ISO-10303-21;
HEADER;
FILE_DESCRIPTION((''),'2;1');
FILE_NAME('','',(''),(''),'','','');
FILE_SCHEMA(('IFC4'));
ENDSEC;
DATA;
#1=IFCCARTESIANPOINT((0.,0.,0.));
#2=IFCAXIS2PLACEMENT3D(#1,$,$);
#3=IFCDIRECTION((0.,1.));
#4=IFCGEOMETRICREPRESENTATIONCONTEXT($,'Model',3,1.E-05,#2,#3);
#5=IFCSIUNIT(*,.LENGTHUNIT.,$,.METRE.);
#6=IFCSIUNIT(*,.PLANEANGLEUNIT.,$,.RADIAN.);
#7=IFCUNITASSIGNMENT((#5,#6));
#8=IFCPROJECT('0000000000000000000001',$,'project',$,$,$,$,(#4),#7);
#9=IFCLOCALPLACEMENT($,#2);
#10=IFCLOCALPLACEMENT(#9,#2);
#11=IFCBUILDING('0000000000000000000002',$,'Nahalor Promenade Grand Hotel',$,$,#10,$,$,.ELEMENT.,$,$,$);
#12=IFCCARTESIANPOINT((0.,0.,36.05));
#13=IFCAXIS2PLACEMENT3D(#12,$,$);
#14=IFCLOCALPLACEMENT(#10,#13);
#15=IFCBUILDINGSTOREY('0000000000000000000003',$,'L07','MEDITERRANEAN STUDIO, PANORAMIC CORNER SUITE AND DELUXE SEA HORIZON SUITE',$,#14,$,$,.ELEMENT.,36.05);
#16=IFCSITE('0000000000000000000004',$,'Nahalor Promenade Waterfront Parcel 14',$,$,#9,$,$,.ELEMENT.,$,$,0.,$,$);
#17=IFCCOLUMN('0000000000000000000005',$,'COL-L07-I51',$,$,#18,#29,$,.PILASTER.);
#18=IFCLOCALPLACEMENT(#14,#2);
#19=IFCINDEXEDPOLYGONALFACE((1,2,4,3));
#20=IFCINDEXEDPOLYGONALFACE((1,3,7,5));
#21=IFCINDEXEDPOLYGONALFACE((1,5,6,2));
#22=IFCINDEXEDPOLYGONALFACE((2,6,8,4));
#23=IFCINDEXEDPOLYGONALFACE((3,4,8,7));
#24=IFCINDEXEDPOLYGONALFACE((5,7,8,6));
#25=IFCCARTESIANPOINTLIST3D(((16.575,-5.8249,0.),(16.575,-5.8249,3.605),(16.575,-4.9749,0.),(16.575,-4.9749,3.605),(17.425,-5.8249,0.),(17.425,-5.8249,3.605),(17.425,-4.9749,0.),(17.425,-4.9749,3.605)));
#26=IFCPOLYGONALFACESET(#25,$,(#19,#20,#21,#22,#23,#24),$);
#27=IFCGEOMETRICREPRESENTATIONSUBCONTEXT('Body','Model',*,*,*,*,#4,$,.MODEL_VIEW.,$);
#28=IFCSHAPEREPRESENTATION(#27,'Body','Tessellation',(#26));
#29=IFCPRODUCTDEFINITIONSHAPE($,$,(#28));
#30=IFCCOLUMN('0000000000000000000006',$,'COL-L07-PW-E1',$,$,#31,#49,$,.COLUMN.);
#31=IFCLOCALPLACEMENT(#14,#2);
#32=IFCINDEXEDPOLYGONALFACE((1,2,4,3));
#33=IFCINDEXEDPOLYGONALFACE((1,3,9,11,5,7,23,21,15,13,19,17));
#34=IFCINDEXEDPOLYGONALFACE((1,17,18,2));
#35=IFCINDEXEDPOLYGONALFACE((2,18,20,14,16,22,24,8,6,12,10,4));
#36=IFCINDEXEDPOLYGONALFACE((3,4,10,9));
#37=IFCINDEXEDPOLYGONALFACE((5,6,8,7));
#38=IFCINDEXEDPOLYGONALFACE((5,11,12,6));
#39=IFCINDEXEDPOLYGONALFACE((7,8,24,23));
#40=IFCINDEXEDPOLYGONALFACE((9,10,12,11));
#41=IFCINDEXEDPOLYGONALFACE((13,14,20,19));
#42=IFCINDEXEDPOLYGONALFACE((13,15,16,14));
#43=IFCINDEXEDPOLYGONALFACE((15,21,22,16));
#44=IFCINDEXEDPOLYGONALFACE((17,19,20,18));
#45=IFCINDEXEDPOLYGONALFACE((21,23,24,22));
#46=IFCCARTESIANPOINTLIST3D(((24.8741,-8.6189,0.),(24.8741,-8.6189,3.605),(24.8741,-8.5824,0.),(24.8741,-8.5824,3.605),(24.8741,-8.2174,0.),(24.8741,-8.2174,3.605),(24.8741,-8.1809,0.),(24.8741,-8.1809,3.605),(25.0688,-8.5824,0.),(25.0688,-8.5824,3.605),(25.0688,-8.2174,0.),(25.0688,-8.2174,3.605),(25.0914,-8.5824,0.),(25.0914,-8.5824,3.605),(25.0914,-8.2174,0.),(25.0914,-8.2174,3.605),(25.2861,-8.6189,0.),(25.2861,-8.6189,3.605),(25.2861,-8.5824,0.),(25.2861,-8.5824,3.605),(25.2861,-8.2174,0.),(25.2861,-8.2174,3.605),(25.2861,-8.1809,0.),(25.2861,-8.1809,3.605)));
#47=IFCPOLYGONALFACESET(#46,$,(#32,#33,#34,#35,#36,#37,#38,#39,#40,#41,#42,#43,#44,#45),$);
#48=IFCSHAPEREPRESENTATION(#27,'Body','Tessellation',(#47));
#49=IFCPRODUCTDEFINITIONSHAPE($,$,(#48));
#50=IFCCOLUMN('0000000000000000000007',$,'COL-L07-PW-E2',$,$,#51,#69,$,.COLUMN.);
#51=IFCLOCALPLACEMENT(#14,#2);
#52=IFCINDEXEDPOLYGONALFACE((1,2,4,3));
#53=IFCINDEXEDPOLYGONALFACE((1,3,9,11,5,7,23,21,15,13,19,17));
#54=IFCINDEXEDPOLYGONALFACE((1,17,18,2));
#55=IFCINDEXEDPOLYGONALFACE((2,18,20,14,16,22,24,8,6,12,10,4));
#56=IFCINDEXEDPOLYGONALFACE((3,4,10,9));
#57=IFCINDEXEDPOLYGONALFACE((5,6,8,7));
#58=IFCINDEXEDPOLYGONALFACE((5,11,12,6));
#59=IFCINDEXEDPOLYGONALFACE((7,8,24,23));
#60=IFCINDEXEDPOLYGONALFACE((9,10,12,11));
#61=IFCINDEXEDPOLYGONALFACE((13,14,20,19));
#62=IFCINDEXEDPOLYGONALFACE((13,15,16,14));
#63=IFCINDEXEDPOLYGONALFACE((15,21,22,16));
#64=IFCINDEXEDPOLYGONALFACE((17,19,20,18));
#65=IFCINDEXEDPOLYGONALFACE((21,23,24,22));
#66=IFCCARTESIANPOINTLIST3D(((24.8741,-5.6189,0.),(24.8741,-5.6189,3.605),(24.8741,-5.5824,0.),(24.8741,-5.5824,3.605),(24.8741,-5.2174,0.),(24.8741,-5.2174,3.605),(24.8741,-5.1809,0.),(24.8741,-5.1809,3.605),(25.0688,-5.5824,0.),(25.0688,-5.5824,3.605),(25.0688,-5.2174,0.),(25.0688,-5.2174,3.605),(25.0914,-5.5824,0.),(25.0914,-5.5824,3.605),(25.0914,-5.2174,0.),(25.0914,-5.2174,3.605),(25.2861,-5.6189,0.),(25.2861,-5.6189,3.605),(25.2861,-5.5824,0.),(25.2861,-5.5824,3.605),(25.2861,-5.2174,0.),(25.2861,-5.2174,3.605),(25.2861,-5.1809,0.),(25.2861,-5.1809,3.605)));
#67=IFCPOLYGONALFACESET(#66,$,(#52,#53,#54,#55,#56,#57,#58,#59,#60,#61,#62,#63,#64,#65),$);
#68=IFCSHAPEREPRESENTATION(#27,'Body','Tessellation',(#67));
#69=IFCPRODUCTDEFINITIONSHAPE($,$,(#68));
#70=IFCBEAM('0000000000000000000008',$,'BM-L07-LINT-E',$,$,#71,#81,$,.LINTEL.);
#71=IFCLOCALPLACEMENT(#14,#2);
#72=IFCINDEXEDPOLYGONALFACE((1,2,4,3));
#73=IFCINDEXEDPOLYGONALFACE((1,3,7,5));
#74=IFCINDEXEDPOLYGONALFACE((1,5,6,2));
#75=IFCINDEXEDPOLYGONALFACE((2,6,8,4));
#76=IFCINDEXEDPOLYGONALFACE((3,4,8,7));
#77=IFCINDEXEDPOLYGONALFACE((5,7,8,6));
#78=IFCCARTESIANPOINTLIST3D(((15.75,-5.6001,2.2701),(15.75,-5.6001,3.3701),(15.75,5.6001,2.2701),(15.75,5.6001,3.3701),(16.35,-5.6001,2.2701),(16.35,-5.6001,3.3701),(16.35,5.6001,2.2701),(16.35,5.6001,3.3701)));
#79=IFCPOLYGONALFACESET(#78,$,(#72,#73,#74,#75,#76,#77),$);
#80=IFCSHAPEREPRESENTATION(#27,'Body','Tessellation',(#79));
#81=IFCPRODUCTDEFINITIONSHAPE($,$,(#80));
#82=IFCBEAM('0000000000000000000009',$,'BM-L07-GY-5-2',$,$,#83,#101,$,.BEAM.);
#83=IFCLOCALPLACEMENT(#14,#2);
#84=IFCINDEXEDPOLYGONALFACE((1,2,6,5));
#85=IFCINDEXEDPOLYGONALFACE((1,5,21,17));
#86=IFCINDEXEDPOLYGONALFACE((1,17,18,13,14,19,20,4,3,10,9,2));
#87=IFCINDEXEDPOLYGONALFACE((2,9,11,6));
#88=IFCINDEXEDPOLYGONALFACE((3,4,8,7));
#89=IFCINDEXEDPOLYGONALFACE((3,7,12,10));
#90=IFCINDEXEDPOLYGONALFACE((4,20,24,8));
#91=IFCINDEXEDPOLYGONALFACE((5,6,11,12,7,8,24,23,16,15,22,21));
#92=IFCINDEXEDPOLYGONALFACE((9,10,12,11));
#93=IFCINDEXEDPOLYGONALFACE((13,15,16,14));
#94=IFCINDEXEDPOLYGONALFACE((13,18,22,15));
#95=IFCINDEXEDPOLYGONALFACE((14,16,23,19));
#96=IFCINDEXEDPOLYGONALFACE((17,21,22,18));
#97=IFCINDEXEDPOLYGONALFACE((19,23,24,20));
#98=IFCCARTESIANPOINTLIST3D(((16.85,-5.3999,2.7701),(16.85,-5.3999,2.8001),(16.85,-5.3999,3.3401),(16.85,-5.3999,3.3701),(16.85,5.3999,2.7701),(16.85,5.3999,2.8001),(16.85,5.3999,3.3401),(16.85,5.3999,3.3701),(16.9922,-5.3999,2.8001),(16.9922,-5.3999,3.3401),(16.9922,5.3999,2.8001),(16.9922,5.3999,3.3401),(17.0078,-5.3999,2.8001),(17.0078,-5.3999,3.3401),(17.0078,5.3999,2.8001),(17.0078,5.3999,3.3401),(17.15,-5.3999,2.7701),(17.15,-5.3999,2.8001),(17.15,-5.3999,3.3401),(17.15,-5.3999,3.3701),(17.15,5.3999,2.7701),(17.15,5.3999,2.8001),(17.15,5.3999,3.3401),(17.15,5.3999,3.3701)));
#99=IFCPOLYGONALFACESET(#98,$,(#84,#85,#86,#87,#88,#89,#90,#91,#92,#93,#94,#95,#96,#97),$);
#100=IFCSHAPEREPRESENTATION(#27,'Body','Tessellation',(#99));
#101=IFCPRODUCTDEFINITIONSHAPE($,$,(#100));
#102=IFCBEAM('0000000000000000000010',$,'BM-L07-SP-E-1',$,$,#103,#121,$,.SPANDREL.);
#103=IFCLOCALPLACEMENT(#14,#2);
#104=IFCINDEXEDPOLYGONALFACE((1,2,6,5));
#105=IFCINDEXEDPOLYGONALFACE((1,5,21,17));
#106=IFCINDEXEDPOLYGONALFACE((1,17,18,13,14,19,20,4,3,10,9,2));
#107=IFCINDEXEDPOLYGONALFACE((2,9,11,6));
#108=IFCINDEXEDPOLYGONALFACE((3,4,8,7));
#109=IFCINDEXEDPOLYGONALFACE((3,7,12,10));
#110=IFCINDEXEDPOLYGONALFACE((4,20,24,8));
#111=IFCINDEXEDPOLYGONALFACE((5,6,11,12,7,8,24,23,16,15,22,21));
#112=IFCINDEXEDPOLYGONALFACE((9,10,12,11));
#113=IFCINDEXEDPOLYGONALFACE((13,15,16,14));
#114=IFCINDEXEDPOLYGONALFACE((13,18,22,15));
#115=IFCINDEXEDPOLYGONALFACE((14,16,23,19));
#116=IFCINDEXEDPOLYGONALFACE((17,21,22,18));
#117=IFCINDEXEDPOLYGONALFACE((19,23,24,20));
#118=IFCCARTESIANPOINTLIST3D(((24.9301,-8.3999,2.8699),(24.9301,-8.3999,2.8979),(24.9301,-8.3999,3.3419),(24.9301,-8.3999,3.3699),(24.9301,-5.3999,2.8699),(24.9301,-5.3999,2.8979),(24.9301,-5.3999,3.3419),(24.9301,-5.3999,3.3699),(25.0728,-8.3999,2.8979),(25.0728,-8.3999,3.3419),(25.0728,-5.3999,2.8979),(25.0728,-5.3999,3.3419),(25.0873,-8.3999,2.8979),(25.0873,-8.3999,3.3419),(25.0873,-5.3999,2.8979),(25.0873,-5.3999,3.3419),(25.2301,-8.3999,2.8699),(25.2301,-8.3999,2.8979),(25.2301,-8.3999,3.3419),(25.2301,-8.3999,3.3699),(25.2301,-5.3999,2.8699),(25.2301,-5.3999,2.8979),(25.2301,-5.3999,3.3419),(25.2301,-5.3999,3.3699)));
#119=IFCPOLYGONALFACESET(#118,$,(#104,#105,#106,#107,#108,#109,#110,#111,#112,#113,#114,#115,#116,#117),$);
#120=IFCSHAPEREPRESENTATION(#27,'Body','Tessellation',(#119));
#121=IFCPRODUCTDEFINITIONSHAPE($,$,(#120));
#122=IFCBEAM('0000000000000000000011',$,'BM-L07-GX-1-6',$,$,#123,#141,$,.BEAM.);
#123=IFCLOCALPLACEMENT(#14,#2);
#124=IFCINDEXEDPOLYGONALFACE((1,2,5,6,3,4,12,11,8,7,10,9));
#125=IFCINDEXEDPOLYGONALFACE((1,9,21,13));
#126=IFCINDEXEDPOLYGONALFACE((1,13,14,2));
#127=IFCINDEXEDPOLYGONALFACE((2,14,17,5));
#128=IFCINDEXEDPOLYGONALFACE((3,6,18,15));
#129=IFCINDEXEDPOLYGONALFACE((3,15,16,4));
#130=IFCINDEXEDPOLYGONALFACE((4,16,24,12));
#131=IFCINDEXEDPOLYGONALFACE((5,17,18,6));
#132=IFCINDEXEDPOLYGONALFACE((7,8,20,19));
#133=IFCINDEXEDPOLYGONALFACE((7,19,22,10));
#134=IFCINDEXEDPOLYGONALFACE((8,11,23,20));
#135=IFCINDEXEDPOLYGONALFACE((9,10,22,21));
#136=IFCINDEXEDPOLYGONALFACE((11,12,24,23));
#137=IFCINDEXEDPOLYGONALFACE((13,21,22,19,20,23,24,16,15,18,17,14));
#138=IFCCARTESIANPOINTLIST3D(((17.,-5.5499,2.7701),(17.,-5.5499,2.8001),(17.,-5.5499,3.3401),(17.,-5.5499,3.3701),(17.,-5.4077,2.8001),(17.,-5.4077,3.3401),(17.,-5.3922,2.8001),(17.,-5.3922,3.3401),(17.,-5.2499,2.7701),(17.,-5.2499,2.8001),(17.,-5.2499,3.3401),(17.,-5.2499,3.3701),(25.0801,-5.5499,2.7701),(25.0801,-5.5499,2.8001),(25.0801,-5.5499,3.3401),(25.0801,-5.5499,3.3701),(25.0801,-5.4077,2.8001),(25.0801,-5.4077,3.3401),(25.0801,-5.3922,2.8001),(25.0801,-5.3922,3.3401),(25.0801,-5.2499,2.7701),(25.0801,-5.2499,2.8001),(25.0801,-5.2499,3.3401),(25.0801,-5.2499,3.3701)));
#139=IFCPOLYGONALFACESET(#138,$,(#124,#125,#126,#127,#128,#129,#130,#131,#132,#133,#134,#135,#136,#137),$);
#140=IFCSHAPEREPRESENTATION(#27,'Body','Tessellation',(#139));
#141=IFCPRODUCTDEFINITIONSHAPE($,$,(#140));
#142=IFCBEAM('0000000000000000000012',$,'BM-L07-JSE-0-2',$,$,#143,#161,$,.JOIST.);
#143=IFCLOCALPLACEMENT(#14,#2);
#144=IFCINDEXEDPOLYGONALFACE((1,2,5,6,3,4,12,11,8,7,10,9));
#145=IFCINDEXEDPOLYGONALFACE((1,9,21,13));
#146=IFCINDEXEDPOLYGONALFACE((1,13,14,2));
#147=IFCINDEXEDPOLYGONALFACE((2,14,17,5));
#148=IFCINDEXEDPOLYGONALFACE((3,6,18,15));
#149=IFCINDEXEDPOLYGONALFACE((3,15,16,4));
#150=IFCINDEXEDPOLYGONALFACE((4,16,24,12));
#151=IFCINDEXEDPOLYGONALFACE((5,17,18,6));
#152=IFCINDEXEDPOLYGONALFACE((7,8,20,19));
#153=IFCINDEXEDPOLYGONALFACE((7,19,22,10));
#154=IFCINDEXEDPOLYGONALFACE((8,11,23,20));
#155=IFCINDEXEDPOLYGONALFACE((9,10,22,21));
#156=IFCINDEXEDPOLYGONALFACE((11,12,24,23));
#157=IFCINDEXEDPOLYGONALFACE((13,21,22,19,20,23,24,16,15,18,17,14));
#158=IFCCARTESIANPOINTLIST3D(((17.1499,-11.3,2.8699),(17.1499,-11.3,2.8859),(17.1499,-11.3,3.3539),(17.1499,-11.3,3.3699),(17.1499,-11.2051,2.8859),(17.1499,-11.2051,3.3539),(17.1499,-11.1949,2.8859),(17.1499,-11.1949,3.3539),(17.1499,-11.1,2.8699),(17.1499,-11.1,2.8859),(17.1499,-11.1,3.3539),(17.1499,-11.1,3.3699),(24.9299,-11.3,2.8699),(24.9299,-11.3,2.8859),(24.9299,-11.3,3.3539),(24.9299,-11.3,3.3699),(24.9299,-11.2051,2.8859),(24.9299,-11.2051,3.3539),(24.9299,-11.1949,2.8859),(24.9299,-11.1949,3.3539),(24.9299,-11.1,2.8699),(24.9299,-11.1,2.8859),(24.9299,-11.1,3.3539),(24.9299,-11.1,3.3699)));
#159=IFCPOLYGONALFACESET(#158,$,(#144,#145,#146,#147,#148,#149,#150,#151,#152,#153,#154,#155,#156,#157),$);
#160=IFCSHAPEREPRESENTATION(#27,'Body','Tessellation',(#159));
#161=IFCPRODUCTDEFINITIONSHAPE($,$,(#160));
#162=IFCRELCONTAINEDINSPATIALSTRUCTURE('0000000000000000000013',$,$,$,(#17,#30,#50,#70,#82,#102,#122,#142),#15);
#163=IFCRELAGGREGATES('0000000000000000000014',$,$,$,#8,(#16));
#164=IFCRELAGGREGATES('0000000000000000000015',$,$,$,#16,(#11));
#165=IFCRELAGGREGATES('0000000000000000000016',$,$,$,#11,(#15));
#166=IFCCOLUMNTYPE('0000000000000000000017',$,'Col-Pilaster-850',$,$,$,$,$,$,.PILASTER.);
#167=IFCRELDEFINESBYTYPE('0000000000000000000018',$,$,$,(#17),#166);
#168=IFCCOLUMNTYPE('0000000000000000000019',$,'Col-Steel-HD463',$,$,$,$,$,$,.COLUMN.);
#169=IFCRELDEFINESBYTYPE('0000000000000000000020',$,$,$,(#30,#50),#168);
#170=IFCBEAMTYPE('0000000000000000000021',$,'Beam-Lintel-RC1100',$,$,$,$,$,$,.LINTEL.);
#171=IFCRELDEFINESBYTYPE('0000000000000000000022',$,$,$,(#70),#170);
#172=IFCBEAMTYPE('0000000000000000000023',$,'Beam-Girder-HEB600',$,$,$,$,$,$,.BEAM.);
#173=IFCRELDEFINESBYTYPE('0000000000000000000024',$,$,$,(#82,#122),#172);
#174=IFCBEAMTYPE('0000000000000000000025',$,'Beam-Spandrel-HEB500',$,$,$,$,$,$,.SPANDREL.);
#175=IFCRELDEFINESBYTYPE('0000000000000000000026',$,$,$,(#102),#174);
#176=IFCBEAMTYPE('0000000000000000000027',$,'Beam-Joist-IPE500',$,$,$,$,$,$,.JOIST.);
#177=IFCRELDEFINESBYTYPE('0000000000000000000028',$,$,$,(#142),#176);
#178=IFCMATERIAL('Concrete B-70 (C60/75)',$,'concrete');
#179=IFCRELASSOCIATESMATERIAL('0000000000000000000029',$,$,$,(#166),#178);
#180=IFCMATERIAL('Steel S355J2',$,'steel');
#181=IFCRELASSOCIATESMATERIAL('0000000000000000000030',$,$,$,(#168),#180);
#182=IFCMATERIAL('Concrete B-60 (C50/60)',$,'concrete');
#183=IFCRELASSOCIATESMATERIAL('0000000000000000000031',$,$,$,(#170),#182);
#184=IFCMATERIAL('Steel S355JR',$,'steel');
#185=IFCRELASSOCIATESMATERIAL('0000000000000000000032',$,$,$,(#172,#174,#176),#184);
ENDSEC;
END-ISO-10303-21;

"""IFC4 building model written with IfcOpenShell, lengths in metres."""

from ifc_helpers import new_model, si_unit, direction, frame, origin, origin_2d, place, context, subcontext, project, spatial, rectangle, i_section, extrude, source, transform, mapped, material, material_profile, profile_set, type_object, element, save


model = new_model("IFC4")

# Units and contexts
model_context = context("Model", 3, precision=1e-05, world=origin(), true_north=direction((0.0, 1.0)))
body_context = subcontext(model_context, "Body", "Model", "MODEL_VIEW")
ifc_project = project(units=[si_unit("LENGTHUNIT", "METRE"), si_unit("PLANEANGLEUNIT", "RADIAN")], contexts=[model_context])

# Site, building, storey
site_placement = place(None, origin())
site = spatial("IfcSite", under=ifc_project, at=site_placement, Name="Nahalor Promenade Waterfront Parcel 14", CompositionType="ELEMENT", RefElevation=0.0)
building_placement = place(site_placement, origin())
building = spatial("IfcBuilding", under=site, at=building_placement, Name="Nahalor Promenade Grand Hotel", CompositionType="ELEMENT")
storey_placement = place(building_placement, frame((0.0, 0.0, 36.05)))
storey = spatial("IfcBuildingStorey", under=building, at=storey_placement, Name="L07", Description="MEDITERRANEAN STUDIO, PANORAMIC CORNER SUITE AND DELUXE SEA HORIZON SUITE", CompositionType="ELEMENT", Elevation=36.05)

# Columns
ifc_material_1 = material(Name="Concrete B-70 (C60/75)", Category="concrete")
ifc_material_profile_1 = material_profile(ifc_material_1, rectangle(XDim=0.85, YDim=0.85, at=origin_2d()), Name="RC 850x850")
ifc_profile_set_1 = profile_set([ifc_material_profile_1], Name="Concrete B-70 (C60/75)")
column_type_1 = type_object("IfcColumnType", Name="Col-Pilaster-850", PredefinedType="PILASTER", material=ifc_profile_set_1)
shared_shape_1 = source(origin(), body_context, "Body", "SweptSolid", [
    extrude(rectangle(XDim=0.85, YDim=0.85, at=origin_2d()), origin(), (0.0, 0.0, 1.0), 3.605),
])
column_placement = place(storey_placement, frame((17.0, -5.3999, 0.0), z_axis=(0.0, 0.0, 1.0), x_axis=(1.0, 0.0, 0.0)))
element("IfcColumn", 1, at=column_placement, inside=storey, type_object=column_type_1, Name="COL-L07-I51", PredefinedType="PILASTER", context=body_context, shape_type="MappedRepresentation", body=[
    mapped(shared_shape_1, transform((0.0, 0.0, 0.0), scale=1.0)),
])
ifc_material_2 = material(Name="Steel S355J2", Category="steel")
ifc_material_profile_2 = material_profile(ifc_material_2, i_section(OverallWidth=0.412, OverallDepth=0.438, WebThickness=0.0226, FlangeThickness=0.0365, at=origin_2d()), Name="HD 400x463")
ifc_profile_set_2 = profile_set([ifc_material_profile_2], Name="Steel S355J2")
column_type_2 = type_object("IfcColumnType", Name="Col-Steel-HD463", PredefinedType="COLUMN", material=ifc_profile_set_2)
shared_shape_2 = source(origin(), body_context, "Body", "SweptSolid", [
    extrude(i_section(OverallWidth=0.412, OverallDepth=0.438, WebThickness=0.0226, FlangeThickness=0.0365, at=origin_2d()), origin(), (0.0, 0.0, 1.0), 3.605),
])
for number, where, z_axis, x_axis, name in (
    (2, (25.0801, -8.3999, 0.0), (0.0, 0.0, 1.0), (1.0, 0.0, 0.0), "COL-L07-PW-E1"),
    (3, (25.0801, -5.3999, 0.0), (0.0, 0.0, 1.0), (1.0, 0.0, 0.0), "COL-L07-PW-E2"),
):
    element("IfcColumn", number, at=place(storey_placement, frame(where, z_axis=z_axis, x_axis=x_axis)), inside=storey, type_object=column_type_2, Name=name, PredefinedType="COLUMN", context=body_context, shape_type="MappedRepresentation", body=[
        mapped(shared_shape_2, transform((0.0, 0.0, 0.0), scale=1.0)),
    ])

# Beams
ifc_material_3 = material(Name="Concrete B-60 (C50/60)", Category="concrete")
ifc_material_profile_3 = material_profile(ifc_material_3, rectangle(XDim=0.6, YDim=1.1, at=origin_2d()), Name="RC 600x1100")
ifc_profile_set_3 = profile_set([ifc_material_profile_3], Name="Concrete B-60 (C50/60)")
beam_type_1 = type_object("IfcBeamType", Name="Beam-Lintel-RC1100", PredefinedType="LINTEL", material=ifc_profile_set_3)
shared_shape_3 = source(origin(), body_context, "Body", "SweptSolid", [
    extrude(rectangle(XDim=0.6, YDim=1.1, at=origin_2d()), origin(), (0.0, 0.0, 1.0), 11.2002),
])
beam_1_placement = place(storey_placement, frame((16.05, -5.6001, 2.8201), z_axis=(0.0, 1.0, 0.0), x_axis=(-1.0, 0.0, 0.0)))
element("IfcBeam", 4, at=beam_1_placement, inside=storey, type_object=beam_type_1, Name="BM-L07-LINT-E", PredefinedType="LINTEL", context=body_context, shape_type="MappedRepresentation", body=[
    mapped(shared_shape_3, transform((0.0, 0.0, 0.0), scale=1.0)),
])
ifc_material_4 = material(Name="Steel S355JR", Category="steel")
ifc_material_profile_4 = material_profile(ifc_material_4, i_section(OverallWidth=0.3, OverallDepth=0.6, WebThickness=0.0155, FlangeThickness=0.03, at=origin_2d()), Name="HEB 600")
ifc_profile_set_4 = profile_set([ifc_material_profile_4], Name="Steel S355JR")
beam_type_2 = type_object("IfcBeamType", Name="Beam-Girder-HEB600", PredefinedType="BEAM", material=ifc_profile_set_4)
shared_shape_4 = source(origin(), body_context, "Body", "SweptSolid", [
    extrude(i_section(OverallWidth=0.3, OverallDepth=0.6, WebThickness=0.0155, FlangeThickness=0.03, at=origin_2d()), origin(), (0.0, 0.0, 1.0), 10.7998),
])
beam_2_placement = place(storey_placement, frame((17.0, -5.3999, 3.0701), z_axis=(0.0, 1.0, 0.0), x_axis=(-1.0, 0.0, 0.0)))
element("IfcBeam", 5, at=beam_2_placement, inside=storey, type_object=beam_type_2, Name="BM-L07-GY-5-2", PredefinedType="BEAM", context=body_context, shape_type="MappedRepresentation", body=[
    mapped(shared_shape_4, transform((0.0, 0.0, 0.0), scale=1.0)),
])
ifc_material_profile_5 = material_profile(ifc_material_4, i_section(OverallWidth=0.3, OverallDepth=0.5, WebThickness=0.0145, FlangeThickness=0.028, at=origin_2d()), Name="HEB 500")
ifc_profile_set_5 = profile_set([ifc_material_profile_5], Name="Steel S355JR")
beam_type_3 = type_object("IfcBeamType", Name="Beam-Spandrel-HEB500", PredefinedType="SPANDREL", material=ifc_profile_set_5)
shared_shape_5 = source(origin(), body_context, "Body", "SweptSolid", [
    extrude(i_section(OverallWidth=0.3, OverallDepth=0.5, WebThickness=0.0145, FlangeThickness=0.028, at=origin_2d()), origin(), (0.0, 0.0, 1.0), 3.0),
])
beam_3_placement = place(storey_placement, frame((25.0801, -8.3999, 3.1199), z_axis=(0.0, 1.0, 0.0), x_axis=(-1.0, 0.0, 0.0)))
element("IfcBeam", 6, at=beam_3_placement, inside=storey, type_object=beam_type_3, Name="BM-L07-SP-E-1", PredefinedType="SPANDREL", context=body_context, shape_type="MappedRepresentation", body=[
    mapped(shared_shape_5, transform((0.0, 0.0, 0.0), scale=1.0)),
])
shared_shape_6 = source(origin(), body_context, "Body", "SweptSolid", [
    extrude(i_section(OverallWidth=0.3, OverallDepth=0.6, WebThickness=0.0155, FlangeThickness=0.03, at=origin_2d()), origin(), (0.0, 0.0, 1.0), 8.0801),
])
beam_4_placement = place(storey_placement, frame((17.0, -5.3999, 3.0701), z_axis=(1.0, 0.0, 0.0), x_axis=(0.0, 1.0, 0.0)))
element("IfcBeam", 7, at=beam_4_placement, inside=storey, type_object=beam_type_2, Name="BM-L07-GX-1-6", PredefinedType="BEAM", context=body_context, shape_type="MappedRepresentation", body=[
    mapped(shared_shape_6, transform((0.0, 0.0, 0.0), scale=1.0)),
])
ifc_material_profile_6 = material_profile(ifc_material_4, i_section(OverallWidth=0.2, OverallDepth=0.5, WebThickness=0.0102, FlangeThickness=0.016, at=origin_2d()), Name="IPE 500")
ifc_profile_set_6 = profile_set([ifc_material_profile_6], Name="Steel S355JR")
beam_type_4 = type_object("IfcBeamType", Name="Beam-Joist-IPE500", PredefinedType="JOIST", material=ifc_profile_set_6)
shared_shape_7 = source(origin(), body_context, "Body", "SweptSolid", [
    extrude(i_section(OverallWidth=0.2, OverallDepth=0.5, WebThickness=0.0102, FlangeThickness=0.016, at=origin_2d()), origin(), (0.0, 0.0, 1.0), 7.78),
])
beam_5_placement = place(storey_placement, frame((17.1499, -11.2, 3.1199), z_axis=(1.0, 0.0, 0.0), x_axis=(0.0, 1.0, 0.0)))
element("IfcBeam", 8, at=beam_5_placement, inside=storey, type_object=beam_type_4, Name="BM-L07-JSE-0-2", PredefinedType="JOIST", context=body_context, shape_type="MappedRepresentation", body=[
    mapped(shared_shape_7, transform((0.0, 0.0, 0.0), scale=1.0)),
])

save(model, "model.ifc")
